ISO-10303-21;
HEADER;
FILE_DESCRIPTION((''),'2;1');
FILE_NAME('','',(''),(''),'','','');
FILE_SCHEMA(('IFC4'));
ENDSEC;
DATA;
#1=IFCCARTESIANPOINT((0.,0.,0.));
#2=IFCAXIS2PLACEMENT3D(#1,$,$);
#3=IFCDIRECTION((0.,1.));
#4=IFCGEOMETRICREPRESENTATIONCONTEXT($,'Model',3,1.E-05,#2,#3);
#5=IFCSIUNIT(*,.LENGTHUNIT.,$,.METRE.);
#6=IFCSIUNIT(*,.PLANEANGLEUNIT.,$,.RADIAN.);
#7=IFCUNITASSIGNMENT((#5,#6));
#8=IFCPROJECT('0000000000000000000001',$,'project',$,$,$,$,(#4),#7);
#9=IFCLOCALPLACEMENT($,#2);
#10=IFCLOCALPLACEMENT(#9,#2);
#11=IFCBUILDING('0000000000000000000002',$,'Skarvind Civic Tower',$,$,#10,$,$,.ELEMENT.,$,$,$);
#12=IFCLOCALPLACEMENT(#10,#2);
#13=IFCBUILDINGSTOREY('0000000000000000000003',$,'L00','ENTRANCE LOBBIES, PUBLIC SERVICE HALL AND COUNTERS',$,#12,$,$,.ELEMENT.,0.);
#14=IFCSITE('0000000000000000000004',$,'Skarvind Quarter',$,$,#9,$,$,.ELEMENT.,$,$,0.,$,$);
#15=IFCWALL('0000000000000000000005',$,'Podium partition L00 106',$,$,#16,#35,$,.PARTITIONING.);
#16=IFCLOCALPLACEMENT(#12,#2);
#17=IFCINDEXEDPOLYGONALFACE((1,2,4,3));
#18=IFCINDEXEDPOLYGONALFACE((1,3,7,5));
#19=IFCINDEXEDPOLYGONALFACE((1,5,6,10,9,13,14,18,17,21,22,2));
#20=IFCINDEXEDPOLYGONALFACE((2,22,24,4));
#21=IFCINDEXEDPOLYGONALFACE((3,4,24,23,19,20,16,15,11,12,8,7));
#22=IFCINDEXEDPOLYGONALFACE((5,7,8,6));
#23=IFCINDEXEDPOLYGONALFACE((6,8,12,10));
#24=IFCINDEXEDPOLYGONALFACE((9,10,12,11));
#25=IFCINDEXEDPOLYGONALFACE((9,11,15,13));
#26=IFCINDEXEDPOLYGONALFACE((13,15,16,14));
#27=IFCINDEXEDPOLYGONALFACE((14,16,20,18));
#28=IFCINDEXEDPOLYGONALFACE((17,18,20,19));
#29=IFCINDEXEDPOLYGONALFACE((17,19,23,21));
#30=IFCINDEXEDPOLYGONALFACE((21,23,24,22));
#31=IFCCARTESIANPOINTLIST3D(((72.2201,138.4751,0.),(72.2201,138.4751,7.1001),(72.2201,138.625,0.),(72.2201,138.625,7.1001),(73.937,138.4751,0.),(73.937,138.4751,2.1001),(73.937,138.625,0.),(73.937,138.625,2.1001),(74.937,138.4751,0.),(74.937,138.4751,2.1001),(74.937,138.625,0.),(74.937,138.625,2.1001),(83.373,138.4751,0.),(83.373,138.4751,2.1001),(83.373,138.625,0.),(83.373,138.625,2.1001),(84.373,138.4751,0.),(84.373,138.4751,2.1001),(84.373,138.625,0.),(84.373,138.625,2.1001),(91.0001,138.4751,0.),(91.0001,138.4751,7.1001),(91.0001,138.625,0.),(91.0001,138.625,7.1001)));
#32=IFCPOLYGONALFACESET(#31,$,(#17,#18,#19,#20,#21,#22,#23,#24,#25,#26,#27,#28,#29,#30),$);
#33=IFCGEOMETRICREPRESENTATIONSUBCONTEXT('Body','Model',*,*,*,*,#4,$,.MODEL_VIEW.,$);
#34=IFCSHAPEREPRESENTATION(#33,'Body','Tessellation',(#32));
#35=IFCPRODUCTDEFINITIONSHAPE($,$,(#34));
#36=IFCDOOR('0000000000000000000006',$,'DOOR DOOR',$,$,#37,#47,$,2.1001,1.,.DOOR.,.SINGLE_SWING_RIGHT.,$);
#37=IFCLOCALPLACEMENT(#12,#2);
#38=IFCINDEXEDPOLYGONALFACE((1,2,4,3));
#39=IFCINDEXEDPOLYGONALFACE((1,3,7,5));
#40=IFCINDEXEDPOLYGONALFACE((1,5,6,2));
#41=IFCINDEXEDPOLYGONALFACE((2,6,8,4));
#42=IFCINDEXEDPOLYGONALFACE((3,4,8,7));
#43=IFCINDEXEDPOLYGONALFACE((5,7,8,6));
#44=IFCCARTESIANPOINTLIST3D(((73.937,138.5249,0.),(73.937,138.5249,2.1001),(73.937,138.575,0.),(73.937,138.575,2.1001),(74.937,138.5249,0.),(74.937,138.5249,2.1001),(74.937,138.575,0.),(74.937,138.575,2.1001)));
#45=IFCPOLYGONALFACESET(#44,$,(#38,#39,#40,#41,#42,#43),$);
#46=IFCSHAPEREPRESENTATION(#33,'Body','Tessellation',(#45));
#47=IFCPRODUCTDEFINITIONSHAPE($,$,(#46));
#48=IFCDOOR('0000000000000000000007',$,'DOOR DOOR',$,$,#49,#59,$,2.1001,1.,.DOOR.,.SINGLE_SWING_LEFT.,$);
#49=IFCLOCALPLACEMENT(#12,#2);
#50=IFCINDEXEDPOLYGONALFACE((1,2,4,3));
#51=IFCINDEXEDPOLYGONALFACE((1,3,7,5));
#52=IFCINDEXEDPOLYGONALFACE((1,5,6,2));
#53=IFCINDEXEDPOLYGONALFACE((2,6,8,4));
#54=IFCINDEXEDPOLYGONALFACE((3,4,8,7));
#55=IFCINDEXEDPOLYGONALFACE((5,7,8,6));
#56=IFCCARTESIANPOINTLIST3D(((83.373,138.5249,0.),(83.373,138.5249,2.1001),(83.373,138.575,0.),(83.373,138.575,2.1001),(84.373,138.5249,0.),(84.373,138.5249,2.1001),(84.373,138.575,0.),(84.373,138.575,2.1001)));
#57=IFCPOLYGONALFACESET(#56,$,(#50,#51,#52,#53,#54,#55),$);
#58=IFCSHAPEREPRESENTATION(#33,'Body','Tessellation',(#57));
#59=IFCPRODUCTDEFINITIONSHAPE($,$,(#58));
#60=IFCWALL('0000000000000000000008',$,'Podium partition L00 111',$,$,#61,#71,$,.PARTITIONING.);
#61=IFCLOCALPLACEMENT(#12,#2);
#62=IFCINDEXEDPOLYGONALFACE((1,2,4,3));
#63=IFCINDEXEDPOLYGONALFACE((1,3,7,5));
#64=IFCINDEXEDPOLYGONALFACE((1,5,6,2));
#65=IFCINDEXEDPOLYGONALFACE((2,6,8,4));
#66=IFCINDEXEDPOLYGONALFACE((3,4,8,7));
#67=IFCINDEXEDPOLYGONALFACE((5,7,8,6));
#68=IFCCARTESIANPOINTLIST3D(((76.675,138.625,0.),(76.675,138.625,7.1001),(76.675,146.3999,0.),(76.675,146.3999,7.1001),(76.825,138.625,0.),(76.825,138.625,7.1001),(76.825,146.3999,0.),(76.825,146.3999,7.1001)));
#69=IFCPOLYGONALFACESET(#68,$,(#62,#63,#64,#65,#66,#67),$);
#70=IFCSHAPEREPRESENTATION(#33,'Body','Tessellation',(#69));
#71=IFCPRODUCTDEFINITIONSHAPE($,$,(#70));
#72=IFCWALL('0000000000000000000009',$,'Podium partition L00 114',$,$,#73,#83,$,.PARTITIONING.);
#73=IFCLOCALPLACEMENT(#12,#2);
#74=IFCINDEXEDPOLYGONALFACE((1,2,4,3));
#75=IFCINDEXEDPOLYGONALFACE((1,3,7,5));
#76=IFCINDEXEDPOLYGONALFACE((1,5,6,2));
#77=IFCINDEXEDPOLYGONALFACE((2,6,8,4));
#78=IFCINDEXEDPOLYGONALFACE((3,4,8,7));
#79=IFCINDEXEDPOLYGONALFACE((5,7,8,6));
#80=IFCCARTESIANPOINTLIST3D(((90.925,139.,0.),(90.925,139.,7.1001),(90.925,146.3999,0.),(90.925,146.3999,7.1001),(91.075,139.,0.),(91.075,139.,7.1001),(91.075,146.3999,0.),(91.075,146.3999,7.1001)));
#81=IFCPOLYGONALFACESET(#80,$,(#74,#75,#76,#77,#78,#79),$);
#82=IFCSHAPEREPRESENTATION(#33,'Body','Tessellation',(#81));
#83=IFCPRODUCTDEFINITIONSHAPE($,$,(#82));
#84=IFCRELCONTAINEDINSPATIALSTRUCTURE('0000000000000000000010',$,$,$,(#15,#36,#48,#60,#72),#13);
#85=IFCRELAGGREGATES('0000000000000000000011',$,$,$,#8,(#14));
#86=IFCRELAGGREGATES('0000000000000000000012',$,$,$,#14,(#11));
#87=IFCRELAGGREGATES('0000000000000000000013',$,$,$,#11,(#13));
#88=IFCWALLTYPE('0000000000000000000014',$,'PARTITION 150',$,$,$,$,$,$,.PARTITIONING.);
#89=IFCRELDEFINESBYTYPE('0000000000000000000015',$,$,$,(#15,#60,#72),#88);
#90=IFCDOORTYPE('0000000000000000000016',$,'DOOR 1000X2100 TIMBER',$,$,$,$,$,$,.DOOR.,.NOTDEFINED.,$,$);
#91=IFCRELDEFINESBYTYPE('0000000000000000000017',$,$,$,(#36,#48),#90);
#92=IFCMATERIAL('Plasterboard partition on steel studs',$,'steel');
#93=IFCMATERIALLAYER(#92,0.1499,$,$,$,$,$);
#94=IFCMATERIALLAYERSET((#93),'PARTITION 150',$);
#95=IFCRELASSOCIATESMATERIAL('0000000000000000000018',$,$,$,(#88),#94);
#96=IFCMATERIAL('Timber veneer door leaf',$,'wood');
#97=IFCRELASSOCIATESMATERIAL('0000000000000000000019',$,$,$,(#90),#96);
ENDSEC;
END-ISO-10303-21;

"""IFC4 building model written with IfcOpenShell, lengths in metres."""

from ifc_helpers import new_model, si_unit, direction, frame, frame_2d, origin, place, context, subcontext, project, spatial, rectangle, extrude, material, layer, layer_set, type_object, element, fill, save


model = new_model("IFC4")

# Units and contexts
model_context = context("Model", 3, precision=1e-05, world=origin(), true_north=direction((0.0, 1.0)))
body_context = subcontext(model_context, "Body", "Model", "MODEL_VIEW")
ifc_project = project(units=[si_unit("LENGTHUNIT", "METRE"), si_unit("PLANEANGLEUNIT", "RADIAN")], contexts=[model_context])

# Site, building, storey
site_placement = place(None, origin())
site = spatial("IfcSite", under=ifc_project, at=site_placement, Name="Skarvind Quarter", CompositionType="ELEMENT", RefElevation=0.0)
building_placement = place(site_placement, origin())
building = spatial("IfcBuilding", under=site, at=building_placement, Name="Skarvind Civic Tower", CompositionType="ELEMENT")
storey_placement = place(building_placement, origin())
storey = spatial("IfcBuildingStorey", under=building, at=storey_placement, Name="L00", Description="ENTRANCE LOBBIES, PUBLIC SERVICE HALL AND COUNTERS", CompositionType="ELEMENT", Elevation=0.0)

# Wall, openings, doors
ifc_material_1 = material(Name="Plasterboard partition on steel studs", Category="steel")
ifc_layer_1 = layer(ifc_material_1, 0.1499)
ifc_layer_set_1 = layer_set([ifc_layer_1], Name="PARTITION 150")
wall_type_1 = type_object("IfcWallType", Name="PARTITION 150", PredefinedType="PARTITIONING", material=ifc_layer_set_1)
wall_1_placement = place(storey_placement, frame((72.22, 138.55, 0.0), z_axis=(0.0, 0.0, 1.0), x_axis=(1.0, 0.0, 0.0)))
wall_1 = element("IfcWall", 1, at=wall_1_placement, inside=storey, type_object=wall_type_1, Name="Podium partition L00 106", PredefinedType="PARTITIONING", context=body_context, shape_type="SweptSolid", body=[
    extrude(rectangle(XDim=18.78, YDim=0.1499, at=frame_2d((9.3901, 0.0))), origin(), (0.0, 0.0, 1.0), 7.1001),
])
opening_1_placement = place(wall_1_placement, frame((1.717, 0.0, 0.0)))
opening_1 = element("IfcOpeningElement", 2, at=opening_1_placement, cuts=wall_1, PredefinedType="OPENING", context=body_context, shape_type="SweptSolid", body=[
    extrude(rectangle(XDim=1.0, YDim=2.1001, at=frame_2d((0.5, 1.05))), frame((0.0, 0.085, 0.0), z_axis=(0.0, -1.0, 0.0), x_axis=(1.0, 0.0, 0.0)), (0.0, 0.0, 1.0), 0.1699),
])
opening_2_placement = place(wall_1_placement, frame((11.1531, 0.0, 0.0)))
opening_2 = element("IfcOpeningElement", 3, at=opening_2_placement, cuts=wall_1, PredefinedType="OPENING", context=body_context, shape_type="SweptSolid", body=[
    extrude(rectangle(XDim=1.0, YDim=2.1001, at=frame_2d((0.5, 1.05))), frame((0.0, 0.085, 0.0), z_axis=(0.0, -1.0, 0.0), x_axis=(1.0, 0.0, 0.0)), (0.0, 0.0, 1.0), 0.1699),
])
ifc_material_2 = material(Name="Timber veneer door leaf", Category="wood")
door_type = type_object("IfcDoorType", Name="DOOR 1000X2100 TIMBER", OperationType="NOTDEFINED", PredefinedType="DOOR", material=ifc_material_2)
door_1_placement = place(opening_1_placement, origin())
door_1 = element("IfcDoor", 4, at=door_1_placement, inside=storey, type_object=door_type, Name="DOOR DOOR", OperationType="SINGLE_SWING_RIGHT", OverallHeight=2.1001, OverallWidth=1.0, PredefinedType="DOOR", context=body_context, shape_type="SweptSolid", body=[
    extrude(rectangle(XDim=1.0, YDim=2.1001, at=frame_2d((0.5, 1.05))), frame((0.0, 0.0249, 0.0), z_axis=(0.0, -1.0, 0.0), x_axis=(1.0, 0.0, 0.0)), (0.0, 0.0, 1.0), 0.05),
])
fill(opening_1, door_1)
door_2_placement = place(opening_2_placement, origin())
door_2 = element("IfcDoor", 5, at=door_2_placement, inside=storey, type_object=door_type, Name="DOOR DOOR", OperationType="SINGLE_SWING_LEFT", OverallHeight=2.1001, OverallWidth=1.0, PredefinedType="DOOR", context=body_context, shape_type="SweptSolid", body=[
    extrude(rectangle(XDim=1.0, YDim=2.1001, at=frame_2d((0.5, 1.05))), frame((0.0, 0.0249, 0.0), z_axis=(0.0, -1.0, 0.0), x_axis=(1.0, 0.0, 0.0)), (0.0, 0.0, 1.0), 0.05),
])
fill(opening_2, door_2)

# Walls
wall_2_placement = place(storey_placement, frame((76.75, 138.625, 0.0), z_axis=(0.0, 0.0, 1.0), x_axis=(0.0, 1.0, 0.0)))
element("IfcWall", 6, at=wall_2_placement, inside=storey, type_object=wall_type_1, Name="Podium partition L00 111", PredefinedType="PARTITIONING", context=body_context, shape_type="SweptSolid", body=[
    extrude(rectangle(XDim=7.7749, YDim=0.1499, at=frame_2d((3.8875, 0.0))), origin(), (0.0, 0.0, 1.0), 7.1001),
])
wall_3_placement = place(storey_placement, frame((91.0, 139.0, 0.0), z_axis=(0.0, 0.0, 1.0), x_axis=(0.0, 1.0, 0.0)))
element("IfcWall", 7, at=wall_3_placement, inside=storey, type_object=wall_type_1, Name="Podium partition L00 114", PredefinedType="PARTITIONING", context=body_context, shape_type="SweptSolid", body=[
    extrude(rectangle(XDim=7.3999, YDim=0.1499, at=frame_2d((3.7, 0.0))), origin(), (0.0, 0.0, 1.0), 7.1001),
])

save(model, "model.ifc")
